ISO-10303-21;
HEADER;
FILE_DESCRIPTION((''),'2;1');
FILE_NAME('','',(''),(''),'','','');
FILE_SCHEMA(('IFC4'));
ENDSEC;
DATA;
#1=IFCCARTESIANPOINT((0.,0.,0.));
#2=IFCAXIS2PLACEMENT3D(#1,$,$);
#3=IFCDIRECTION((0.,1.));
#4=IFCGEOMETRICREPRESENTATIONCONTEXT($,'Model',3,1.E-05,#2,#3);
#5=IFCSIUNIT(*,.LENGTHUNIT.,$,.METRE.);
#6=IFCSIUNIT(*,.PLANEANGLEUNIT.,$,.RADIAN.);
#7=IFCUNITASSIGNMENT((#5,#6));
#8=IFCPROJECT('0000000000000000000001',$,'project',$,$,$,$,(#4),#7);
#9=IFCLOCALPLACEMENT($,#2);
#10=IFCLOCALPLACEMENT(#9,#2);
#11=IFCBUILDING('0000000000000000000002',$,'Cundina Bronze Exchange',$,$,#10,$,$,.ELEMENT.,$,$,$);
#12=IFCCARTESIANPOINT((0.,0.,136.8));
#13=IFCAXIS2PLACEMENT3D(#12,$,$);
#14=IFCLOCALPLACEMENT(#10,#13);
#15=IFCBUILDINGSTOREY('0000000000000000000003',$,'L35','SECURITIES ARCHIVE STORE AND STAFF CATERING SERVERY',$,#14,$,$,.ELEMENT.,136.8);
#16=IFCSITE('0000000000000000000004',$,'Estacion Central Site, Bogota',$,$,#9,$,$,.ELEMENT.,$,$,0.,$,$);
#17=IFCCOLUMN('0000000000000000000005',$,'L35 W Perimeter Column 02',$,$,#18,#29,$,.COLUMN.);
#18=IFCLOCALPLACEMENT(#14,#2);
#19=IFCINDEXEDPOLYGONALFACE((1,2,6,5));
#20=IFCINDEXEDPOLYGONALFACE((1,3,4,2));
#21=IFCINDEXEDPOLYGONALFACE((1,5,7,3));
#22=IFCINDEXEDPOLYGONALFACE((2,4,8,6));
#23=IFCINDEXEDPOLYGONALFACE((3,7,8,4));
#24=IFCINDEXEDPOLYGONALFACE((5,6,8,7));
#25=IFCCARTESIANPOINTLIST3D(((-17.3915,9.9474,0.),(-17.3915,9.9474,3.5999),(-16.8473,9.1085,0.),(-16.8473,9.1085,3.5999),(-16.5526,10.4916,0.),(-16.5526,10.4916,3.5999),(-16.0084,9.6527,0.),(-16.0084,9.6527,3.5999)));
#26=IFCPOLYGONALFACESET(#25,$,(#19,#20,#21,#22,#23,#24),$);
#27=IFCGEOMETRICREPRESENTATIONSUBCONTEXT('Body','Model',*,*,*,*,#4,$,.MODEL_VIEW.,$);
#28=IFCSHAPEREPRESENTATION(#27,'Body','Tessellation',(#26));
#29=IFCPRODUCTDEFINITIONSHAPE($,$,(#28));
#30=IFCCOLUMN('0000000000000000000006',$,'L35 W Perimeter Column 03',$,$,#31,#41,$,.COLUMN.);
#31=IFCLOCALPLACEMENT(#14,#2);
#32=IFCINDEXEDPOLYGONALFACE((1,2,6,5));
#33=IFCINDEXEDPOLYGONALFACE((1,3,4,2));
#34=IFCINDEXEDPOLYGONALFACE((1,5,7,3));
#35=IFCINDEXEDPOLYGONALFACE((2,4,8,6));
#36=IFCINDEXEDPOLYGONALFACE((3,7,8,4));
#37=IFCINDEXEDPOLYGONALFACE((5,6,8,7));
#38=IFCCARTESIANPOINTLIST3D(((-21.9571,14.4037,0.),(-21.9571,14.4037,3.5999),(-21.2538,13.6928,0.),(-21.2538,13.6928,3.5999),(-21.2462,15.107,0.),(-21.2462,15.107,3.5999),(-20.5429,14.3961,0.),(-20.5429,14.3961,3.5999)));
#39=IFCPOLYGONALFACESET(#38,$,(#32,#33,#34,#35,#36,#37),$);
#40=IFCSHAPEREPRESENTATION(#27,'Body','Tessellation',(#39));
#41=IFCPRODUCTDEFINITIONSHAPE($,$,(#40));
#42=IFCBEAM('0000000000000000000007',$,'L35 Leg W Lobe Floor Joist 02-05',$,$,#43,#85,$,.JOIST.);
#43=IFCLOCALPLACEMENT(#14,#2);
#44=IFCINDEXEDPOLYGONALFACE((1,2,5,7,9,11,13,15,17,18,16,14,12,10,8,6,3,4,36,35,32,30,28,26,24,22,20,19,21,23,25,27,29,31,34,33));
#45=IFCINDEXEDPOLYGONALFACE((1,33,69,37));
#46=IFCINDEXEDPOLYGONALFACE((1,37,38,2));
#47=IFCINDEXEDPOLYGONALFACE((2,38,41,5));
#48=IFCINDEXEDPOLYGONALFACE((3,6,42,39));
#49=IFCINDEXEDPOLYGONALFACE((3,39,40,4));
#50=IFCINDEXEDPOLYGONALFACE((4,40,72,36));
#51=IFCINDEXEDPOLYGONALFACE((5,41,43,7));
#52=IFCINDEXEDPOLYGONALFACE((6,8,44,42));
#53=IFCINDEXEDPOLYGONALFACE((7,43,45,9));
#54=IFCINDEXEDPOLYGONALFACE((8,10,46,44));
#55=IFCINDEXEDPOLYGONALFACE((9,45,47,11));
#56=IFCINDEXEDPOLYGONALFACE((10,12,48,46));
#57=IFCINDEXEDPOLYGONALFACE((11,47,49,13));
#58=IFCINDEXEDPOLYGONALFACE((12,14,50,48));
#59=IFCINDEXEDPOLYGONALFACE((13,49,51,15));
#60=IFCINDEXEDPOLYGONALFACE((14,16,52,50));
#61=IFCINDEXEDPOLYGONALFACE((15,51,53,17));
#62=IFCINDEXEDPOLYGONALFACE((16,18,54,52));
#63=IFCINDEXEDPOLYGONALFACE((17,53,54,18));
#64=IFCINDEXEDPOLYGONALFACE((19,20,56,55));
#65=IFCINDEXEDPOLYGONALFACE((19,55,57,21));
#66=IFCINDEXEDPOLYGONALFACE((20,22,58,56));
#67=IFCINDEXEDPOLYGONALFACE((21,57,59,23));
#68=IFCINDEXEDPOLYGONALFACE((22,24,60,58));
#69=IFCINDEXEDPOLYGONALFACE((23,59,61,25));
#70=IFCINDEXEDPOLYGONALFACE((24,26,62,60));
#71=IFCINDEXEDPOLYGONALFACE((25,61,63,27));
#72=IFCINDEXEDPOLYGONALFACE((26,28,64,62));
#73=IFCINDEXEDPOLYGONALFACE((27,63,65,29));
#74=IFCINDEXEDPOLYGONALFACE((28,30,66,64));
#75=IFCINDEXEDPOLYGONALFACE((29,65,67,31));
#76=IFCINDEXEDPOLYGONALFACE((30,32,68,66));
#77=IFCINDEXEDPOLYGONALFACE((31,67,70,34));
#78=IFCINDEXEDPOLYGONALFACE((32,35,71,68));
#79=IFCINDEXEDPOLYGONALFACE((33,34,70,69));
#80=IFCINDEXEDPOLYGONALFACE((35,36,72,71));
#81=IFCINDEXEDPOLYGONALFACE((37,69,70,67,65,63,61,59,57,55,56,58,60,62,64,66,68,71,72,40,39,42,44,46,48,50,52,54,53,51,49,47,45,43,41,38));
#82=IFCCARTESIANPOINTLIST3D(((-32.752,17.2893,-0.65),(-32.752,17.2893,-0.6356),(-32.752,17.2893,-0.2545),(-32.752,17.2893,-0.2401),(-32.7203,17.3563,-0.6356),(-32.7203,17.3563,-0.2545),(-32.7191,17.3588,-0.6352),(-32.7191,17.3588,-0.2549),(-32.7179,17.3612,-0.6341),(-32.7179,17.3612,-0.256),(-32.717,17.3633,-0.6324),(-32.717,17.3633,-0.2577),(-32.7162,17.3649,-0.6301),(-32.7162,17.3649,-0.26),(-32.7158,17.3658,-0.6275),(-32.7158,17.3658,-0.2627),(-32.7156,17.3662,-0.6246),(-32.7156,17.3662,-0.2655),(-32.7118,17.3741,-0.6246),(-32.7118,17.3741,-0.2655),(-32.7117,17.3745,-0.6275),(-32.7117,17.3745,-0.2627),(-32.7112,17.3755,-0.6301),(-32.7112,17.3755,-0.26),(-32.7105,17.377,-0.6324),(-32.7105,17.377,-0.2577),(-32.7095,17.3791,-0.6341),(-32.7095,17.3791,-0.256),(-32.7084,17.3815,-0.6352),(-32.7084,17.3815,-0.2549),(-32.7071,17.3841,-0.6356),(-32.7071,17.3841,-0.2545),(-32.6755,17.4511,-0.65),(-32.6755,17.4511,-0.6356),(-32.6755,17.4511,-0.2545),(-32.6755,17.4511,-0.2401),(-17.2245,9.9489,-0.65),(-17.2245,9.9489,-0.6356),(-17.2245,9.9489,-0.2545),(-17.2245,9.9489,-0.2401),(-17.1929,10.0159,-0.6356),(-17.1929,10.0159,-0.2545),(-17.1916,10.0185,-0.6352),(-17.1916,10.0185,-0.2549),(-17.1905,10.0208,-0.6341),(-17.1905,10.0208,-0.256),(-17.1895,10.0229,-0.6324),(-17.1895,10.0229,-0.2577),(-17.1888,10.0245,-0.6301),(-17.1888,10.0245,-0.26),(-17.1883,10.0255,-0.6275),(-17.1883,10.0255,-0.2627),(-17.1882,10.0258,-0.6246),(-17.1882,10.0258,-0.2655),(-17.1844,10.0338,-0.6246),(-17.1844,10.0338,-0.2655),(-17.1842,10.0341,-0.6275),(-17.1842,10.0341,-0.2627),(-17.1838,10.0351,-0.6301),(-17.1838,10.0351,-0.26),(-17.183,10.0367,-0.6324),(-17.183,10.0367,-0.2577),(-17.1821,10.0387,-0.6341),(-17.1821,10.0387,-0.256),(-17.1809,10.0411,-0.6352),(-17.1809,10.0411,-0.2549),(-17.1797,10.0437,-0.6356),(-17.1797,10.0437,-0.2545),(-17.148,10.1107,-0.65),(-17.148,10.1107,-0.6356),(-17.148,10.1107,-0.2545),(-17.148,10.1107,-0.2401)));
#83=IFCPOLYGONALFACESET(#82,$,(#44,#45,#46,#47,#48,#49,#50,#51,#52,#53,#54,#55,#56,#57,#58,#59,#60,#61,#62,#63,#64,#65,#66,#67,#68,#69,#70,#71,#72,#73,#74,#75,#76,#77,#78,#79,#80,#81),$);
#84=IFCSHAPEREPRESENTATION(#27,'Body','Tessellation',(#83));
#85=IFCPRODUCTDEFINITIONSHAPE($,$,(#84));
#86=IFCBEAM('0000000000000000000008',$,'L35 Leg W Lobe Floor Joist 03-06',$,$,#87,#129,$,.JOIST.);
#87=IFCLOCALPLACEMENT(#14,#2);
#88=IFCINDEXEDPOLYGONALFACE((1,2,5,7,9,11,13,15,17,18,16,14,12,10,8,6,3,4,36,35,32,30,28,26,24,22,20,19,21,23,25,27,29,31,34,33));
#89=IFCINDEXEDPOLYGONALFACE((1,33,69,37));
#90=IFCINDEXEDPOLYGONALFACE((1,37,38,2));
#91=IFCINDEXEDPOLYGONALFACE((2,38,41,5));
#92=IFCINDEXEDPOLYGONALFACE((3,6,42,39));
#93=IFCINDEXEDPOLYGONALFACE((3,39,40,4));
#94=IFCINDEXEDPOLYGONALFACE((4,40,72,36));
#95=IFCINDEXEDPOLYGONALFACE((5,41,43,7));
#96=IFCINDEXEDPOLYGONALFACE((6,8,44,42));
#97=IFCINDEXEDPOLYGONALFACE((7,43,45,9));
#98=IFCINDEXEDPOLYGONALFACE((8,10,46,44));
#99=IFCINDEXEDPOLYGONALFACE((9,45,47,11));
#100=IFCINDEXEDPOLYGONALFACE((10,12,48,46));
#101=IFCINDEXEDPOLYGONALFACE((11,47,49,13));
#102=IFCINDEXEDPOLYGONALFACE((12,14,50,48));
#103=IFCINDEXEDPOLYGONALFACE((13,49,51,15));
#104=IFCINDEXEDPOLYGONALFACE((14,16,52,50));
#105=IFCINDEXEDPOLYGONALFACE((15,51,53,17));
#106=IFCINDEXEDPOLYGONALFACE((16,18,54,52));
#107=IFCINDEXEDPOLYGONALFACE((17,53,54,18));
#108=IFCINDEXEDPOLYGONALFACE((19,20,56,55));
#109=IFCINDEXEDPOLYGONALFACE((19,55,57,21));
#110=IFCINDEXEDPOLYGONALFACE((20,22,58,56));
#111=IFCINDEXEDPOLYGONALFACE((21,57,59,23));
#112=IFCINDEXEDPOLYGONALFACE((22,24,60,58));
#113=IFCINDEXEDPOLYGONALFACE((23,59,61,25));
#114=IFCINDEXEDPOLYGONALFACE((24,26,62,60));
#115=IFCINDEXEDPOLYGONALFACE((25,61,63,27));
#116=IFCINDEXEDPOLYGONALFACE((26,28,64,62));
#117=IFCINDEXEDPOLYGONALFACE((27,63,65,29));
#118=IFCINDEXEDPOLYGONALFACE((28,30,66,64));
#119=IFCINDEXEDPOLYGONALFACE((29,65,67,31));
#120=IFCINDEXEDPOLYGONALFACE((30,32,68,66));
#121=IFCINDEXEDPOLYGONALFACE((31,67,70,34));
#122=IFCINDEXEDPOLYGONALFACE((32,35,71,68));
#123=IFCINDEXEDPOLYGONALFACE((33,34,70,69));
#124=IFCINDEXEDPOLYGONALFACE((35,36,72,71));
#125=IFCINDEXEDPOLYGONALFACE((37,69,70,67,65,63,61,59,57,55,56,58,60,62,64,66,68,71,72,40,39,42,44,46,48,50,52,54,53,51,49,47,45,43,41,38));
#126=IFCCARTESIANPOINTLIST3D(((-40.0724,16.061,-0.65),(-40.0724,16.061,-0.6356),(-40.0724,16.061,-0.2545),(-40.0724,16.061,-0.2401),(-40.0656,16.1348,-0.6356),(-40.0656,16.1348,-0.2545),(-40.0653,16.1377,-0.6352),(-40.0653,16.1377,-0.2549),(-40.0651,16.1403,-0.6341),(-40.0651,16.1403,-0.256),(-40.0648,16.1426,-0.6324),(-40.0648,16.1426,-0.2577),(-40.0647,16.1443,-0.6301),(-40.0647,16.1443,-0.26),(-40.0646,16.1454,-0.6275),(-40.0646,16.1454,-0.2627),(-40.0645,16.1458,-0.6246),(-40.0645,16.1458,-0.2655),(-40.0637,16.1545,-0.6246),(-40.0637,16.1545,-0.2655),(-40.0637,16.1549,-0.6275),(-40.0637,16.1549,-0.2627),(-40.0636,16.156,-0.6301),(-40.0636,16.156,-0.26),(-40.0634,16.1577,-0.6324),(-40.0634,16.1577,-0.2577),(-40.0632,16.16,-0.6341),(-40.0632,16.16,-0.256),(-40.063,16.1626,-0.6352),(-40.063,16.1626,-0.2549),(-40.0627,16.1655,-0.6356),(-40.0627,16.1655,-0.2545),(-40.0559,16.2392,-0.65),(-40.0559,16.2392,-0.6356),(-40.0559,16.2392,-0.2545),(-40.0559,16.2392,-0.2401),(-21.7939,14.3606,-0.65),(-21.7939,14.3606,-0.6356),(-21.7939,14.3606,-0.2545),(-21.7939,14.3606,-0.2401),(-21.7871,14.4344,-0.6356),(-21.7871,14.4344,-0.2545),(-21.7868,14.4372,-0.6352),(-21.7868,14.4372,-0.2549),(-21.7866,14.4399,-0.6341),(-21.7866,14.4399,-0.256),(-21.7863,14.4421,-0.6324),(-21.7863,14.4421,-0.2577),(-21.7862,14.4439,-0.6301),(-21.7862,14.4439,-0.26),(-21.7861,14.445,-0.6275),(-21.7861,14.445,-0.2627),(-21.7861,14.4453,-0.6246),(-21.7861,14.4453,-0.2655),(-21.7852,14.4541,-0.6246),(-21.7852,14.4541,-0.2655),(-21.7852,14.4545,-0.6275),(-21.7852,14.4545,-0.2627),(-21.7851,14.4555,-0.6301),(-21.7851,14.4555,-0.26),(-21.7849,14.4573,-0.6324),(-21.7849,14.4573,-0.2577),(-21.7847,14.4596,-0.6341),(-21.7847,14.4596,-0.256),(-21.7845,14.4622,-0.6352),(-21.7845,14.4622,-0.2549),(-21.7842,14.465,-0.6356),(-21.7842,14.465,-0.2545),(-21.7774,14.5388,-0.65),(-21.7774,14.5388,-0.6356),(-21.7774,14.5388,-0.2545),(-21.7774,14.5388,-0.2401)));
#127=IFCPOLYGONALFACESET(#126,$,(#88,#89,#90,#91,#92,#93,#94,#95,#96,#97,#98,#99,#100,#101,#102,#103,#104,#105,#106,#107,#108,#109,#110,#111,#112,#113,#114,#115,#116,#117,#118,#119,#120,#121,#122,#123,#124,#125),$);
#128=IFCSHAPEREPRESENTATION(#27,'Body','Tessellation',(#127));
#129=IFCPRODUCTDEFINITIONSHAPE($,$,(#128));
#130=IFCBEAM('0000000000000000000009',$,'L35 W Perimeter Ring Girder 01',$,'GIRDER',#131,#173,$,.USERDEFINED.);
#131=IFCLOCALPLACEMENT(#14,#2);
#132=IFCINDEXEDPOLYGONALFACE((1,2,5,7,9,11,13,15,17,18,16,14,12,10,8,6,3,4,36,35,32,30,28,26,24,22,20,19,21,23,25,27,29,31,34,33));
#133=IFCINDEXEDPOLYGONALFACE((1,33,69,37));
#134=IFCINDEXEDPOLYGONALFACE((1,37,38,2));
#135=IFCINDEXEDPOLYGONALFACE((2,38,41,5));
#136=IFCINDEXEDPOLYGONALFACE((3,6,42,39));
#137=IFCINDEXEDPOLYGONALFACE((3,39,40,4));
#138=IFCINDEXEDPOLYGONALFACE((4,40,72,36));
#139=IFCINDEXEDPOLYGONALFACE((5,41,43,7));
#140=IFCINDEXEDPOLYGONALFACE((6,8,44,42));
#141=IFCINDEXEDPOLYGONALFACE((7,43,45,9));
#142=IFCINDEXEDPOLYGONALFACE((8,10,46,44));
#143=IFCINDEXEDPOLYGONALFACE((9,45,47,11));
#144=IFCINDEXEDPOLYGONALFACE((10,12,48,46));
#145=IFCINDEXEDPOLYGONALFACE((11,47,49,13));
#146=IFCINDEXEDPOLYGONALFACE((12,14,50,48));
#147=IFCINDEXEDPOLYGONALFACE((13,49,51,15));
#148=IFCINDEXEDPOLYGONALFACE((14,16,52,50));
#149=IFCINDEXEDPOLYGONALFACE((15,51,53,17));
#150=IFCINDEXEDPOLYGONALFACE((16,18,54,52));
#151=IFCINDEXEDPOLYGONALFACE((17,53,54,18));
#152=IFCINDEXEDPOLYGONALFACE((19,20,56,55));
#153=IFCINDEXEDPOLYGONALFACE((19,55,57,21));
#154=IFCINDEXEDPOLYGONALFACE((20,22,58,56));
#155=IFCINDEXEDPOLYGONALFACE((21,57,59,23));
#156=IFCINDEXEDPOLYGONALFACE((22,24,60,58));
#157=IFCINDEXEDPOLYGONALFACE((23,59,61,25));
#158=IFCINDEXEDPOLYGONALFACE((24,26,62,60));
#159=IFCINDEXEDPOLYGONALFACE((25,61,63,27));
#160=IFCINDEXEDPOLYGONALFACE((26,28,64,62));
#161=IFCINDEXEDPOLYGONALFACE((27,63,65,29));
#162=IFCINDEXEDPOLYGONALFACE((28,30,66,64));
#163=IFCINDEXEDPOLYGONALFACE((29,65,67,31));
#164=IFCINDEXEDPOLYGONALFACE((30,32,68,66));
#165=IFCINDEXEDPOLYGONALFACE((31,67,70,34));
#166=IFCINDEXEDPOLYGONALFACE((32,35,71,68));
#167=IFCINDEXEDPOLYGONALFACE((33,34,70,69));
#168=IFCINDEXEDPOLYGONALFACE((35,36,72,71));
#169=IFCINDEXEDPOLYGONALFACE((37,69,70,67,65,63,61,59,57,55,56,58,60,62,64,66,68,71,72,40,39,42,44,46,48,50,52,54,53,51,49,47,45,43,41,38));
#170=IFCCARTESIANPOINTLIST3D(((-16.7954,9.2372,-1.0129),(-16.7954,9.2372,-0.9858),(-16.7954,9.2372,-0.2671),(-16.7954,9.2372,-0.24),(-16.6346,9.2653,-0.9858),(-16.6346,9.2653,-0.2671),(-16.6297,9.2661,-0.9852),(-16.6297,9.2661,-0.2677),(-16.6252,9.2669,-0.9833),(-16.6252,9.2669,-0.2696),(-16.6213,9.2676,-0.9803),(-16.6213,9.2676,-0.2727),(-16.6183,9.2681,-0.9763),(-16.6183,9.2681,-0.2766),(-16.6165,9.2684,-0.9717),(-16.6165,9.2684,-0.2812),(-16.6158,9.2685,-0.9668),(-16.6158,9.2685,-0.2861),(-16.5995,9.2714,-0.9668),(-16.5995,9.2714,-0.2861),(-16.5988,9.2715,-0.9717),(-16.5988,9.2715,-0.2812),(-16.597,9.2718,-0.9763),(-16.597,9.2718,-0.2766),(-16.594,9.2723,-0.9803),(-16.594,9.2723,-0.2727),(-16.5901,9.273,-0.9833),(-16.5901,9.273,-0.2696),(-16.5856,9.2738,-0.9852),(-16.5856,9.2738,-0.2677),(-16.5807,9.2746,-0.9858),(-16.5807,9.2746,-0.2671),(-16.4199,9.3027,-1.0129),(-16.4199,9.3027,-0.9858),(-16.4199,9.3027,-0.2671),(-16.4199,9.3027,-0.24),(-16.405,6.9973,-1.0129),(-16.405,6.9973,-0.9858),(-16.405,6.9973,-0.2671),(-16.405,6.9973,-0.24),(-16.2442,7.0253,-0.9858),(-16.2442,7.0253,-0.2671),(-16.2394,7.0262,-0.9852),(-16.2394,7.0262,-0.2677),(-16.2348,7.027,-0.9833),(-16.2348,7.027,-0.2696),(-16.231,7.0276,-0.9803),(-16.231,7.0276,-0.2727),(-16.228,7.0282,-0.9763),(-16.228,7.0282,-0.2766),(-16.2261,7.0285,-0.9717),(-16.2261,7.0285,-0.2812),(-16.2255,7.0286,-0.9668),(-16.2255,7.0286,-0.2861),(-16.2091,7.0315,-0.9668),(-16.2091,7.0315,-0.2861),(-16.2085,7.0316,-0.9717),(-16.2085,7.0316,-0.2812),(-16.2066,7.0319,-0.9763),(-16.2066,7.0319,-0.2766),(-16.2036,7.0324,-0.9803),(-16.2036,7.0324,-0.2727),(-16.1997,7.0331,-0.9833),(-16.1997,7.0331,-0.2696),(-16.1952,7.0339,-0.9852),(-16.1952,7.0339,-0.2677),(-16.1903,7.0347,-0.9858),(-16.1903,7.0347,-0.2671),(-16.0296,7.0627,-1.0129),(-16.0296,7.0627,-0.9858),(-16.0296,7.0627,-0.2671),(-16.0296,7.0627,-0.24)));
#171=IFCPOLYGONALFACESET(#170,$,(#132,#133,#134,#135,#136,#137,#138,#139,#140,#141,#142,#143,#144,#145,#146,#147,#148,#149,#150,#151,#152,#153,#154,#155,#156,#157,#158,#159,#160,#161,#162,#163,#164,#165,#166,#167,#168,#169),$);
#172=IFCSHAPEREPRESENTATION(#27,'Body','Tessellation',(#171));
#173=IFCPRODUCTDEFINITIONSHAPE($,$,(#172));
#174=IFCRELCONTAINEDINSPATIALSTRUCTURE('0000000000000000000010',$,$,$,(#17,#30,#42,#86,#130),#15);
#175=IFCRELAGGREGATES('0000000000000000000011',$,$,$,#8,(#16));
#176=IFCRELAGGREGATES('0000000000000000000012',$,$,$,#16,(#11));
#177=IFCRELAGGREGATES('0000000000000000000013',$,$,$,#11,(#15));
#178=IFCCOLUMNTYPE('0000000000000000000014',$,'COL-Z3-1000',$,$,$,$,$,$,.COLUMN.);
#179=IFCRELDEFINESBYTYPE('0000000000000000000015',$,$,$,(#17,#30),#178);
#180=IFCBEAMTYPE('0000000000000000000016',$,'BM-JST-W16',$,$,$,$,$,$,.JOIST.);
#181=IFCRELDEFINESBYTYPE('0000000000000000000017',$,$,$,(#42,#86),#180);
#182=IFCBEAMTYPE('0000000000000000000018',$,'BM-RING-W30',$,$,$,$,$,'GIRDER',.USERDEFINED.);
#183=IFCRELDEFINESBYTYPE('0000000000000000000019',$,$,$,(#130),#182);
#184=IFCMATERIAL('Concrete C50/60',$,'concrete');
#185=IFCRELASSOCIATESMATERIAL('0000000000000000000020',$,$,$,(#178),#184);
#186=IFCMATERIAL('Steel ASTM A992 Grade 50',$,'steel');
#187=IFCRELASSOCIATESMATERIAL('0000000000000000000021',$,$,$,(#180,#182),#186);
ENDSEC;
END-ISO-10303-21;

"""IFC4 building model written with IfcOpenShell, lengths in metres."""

from ifc_helpers import new_model, si_unit, direction, frame, origin, origin_2d, place, context, subcontext, project, spatial, rectangle, i_section, extrude, material, material_profile, profile_set, type_object, element, save


model = new_model("IFC4")

# Units and contexts
model_context = context("Model", 3, precision=1e-05, world=origin(), true_north=direction((0.0, 1.0)))
body_context = subcontext(model_context, "Body", "Model", "MODEL_VIEW")
ifc_project = project(units=[si_unit("LENGTHUNIT", "METRE"), si_unit("PLANEANGLEUNIT", "RADIAN")], contexts=[model_context])

# Site, building, storey
site_placement = place(None, origin())
site = spatial("IfcSite", under=ifc_project, at=site_placement, Name="Estacion Central Site, Bogota", CompositionType="ELEMENT", RefElevation=0.0)
building_placement = place(site_placement, origin())
building = spatial("IfcBuilding", under=site, at=building_placement, Name="Cundina Bronze Exchange", CompositionType="ELEMENT")
storey_placement = place(building_placement, frame((0.0, 0.0, 136.8)))
storey = spatial("IfcBuildingStorey", under=building, at=storey_placement, Name="L35", Description="SECURITIES ARCHIVE STORE AND STAFF CATERING SERVERY", CompositionType="ELEMENT", Elevation=136.8)

# Columns
ifc_material_1 = material(Name="Concrete C50/60", Category="concrete")
ifc_material_profile_1 = material_profile(ifc_material_1, rectangle(XDim=1.0, YDim=1.0, at=origin_2d()), Name="RC1000X1000", Category="concrete")
ifc_profile_set_1 = profile_set([ifc_material_profile_1], Name="Concrete C50/60")
column_type = type_object("IfcColumnType", Name="COL-Z3-1000", PredefinedType="COLUMN", material=ifc_profile_set_1)
for number, where, z_axis, x_axis, name in (
    (1, (-16.7, 9.8, 0.0), (0.0, 0.0, 1.0), (-0.5442, 0.838956, 0.0), "L35 W Perimeter Column 02"),
    (2, (-21.25, 14.3999, 0.0), (0.0, 0.0, 1.0), (-0.703271, 0.710922, 0.0), "L35 W Perimeter Column 03"),
):
    element("IfcColumn", number, at=place(storey_placement, frame(where, z_axis=z_axis, x_axis=x_axis)), inside=storey, type_object=column_type, Name=name, PredefinedType="COLUMN", context=body_context, shape_type="SweptSolid", body=[
        extrude(rectangle(XDim=1.0, YDim=1.0, at=origin_2d()), origin(), (0.0, 0.0, 1.0), 3.5999),
    ])

# Beams
ifc_material_2 = material(Name="Steel ASTM A992 Grade 50", Category="steel")
ifc_material_profile_2 = material_profile(ifc_material_2, i_section(OverallWidth=0.179, OverallDepth=0.4099, WebThickness=0.0088, FlangeThickness=0.0144, FilletRadius=0.011, at=origin_2d()), Name="W16X45", Category="steel")
ifc_profile_set_2 = profile_set([ifc_material_profile_2], Name="Steel ASTM A992 Grade 50")
beam_type_1 = type_object("IfcBeamType", Name="BM-JST-W16", PredefinedType="JOIST", material=ifc_profile_set_2)
beam_1_placement = place(storey_placement, frame((-17.1863, 10.0298, -0.4451), z_axis=(-0.904069, 0.427386, 0.0), x_axis=(-0.427386, -0.904069, 0.0)))
element("IfcBeam", 3, at=beam_1_placement, inside=storey, type_object=beam_type_1, Name="L35 Leg W Lobe Floor Joist 02-05", PredefinedType="JOIST", context=body_context, shape_type="SweptSolid", body=[
    extrude(i_section(OverallWidth=0.179, OverallDepth=0.4099, WebThickness=0.0088, FlangeThickness=0.0144, FilletRadius=0.011, at=origin_2d()), origin(), (0.0, 0.0, 1.0), 17.175),
])
beam_2_placement = place(storey_placement, frame((-21.7856, 14.4497, -0.4451), z_axis=(-0.995701, 0.092629, 0.0), x_axis=(-0.092629, -0.995701, 0.0)))
element("IfcBeam", 4, at=beam_2_placement, inside=storey, type_object=beam_type_1, Name="L35 Leg W Lobe Floor Joist 03-06", PredefinedType="JOIST", context=body_context, shape_type="SweptSolid", body=[
    extrude(i_section(OverallWidth=0.179, OverallDepth=0.4099, WebThickness=0.0088, FlangeThickness=0.0144, FilletRadius=0.011, at=origin_2d()), origin(), (0.0, 0.0, 1.0), 18.3574),
])
ifc_material_profile_3 = material_profile(ifc_material_2, i_section(OverallWidth=0.3811, OverallDepth=0.7729, WebThickness=0.0166, FlangeThickness=0.0271, FilletRadius=0.019, at=origin_2d()), Name="W30X173", Category="steel")
ifc_profile_set_3 = profile_set([ifc_material_profile_3], Name="Steel ASTM A992 Grade 50")
beam_type_2 = type_object("IfcBeamType", Name="BM-RING-W30", ElementType="GIRDER", PredefinedType="USERDEFINED", material=ifc_profile_set_3)
beam_3_placement = place(storey_placement, frame((-16.2173, 7.03, -0.6265), z_axis=(-0.17169, 0.985151, 0.0), x_axis=(-0.985151, -0.17169, 0.0)))
element("IfcBeam", 5, at=beam_3_placement, inside=storey, type_object=beam_type_2, Name="L35 W Perimeter Ring Girder 01", ObjectType="GIRDER", PredefinedType="USERDEFINED", context=body_context, shape_type="SweptSolid", body=[
    extrude(i_section(OverallWidth=0.3811, OverallDepth=0.7729, WebThickness=0.0166, FlangeThickness=0.0271, FilletRadius=0.019, at=origin_2d()), origin(), (0.0, 0.0, 1.0), 2.2737),
])

save(model, "model.ifc")
